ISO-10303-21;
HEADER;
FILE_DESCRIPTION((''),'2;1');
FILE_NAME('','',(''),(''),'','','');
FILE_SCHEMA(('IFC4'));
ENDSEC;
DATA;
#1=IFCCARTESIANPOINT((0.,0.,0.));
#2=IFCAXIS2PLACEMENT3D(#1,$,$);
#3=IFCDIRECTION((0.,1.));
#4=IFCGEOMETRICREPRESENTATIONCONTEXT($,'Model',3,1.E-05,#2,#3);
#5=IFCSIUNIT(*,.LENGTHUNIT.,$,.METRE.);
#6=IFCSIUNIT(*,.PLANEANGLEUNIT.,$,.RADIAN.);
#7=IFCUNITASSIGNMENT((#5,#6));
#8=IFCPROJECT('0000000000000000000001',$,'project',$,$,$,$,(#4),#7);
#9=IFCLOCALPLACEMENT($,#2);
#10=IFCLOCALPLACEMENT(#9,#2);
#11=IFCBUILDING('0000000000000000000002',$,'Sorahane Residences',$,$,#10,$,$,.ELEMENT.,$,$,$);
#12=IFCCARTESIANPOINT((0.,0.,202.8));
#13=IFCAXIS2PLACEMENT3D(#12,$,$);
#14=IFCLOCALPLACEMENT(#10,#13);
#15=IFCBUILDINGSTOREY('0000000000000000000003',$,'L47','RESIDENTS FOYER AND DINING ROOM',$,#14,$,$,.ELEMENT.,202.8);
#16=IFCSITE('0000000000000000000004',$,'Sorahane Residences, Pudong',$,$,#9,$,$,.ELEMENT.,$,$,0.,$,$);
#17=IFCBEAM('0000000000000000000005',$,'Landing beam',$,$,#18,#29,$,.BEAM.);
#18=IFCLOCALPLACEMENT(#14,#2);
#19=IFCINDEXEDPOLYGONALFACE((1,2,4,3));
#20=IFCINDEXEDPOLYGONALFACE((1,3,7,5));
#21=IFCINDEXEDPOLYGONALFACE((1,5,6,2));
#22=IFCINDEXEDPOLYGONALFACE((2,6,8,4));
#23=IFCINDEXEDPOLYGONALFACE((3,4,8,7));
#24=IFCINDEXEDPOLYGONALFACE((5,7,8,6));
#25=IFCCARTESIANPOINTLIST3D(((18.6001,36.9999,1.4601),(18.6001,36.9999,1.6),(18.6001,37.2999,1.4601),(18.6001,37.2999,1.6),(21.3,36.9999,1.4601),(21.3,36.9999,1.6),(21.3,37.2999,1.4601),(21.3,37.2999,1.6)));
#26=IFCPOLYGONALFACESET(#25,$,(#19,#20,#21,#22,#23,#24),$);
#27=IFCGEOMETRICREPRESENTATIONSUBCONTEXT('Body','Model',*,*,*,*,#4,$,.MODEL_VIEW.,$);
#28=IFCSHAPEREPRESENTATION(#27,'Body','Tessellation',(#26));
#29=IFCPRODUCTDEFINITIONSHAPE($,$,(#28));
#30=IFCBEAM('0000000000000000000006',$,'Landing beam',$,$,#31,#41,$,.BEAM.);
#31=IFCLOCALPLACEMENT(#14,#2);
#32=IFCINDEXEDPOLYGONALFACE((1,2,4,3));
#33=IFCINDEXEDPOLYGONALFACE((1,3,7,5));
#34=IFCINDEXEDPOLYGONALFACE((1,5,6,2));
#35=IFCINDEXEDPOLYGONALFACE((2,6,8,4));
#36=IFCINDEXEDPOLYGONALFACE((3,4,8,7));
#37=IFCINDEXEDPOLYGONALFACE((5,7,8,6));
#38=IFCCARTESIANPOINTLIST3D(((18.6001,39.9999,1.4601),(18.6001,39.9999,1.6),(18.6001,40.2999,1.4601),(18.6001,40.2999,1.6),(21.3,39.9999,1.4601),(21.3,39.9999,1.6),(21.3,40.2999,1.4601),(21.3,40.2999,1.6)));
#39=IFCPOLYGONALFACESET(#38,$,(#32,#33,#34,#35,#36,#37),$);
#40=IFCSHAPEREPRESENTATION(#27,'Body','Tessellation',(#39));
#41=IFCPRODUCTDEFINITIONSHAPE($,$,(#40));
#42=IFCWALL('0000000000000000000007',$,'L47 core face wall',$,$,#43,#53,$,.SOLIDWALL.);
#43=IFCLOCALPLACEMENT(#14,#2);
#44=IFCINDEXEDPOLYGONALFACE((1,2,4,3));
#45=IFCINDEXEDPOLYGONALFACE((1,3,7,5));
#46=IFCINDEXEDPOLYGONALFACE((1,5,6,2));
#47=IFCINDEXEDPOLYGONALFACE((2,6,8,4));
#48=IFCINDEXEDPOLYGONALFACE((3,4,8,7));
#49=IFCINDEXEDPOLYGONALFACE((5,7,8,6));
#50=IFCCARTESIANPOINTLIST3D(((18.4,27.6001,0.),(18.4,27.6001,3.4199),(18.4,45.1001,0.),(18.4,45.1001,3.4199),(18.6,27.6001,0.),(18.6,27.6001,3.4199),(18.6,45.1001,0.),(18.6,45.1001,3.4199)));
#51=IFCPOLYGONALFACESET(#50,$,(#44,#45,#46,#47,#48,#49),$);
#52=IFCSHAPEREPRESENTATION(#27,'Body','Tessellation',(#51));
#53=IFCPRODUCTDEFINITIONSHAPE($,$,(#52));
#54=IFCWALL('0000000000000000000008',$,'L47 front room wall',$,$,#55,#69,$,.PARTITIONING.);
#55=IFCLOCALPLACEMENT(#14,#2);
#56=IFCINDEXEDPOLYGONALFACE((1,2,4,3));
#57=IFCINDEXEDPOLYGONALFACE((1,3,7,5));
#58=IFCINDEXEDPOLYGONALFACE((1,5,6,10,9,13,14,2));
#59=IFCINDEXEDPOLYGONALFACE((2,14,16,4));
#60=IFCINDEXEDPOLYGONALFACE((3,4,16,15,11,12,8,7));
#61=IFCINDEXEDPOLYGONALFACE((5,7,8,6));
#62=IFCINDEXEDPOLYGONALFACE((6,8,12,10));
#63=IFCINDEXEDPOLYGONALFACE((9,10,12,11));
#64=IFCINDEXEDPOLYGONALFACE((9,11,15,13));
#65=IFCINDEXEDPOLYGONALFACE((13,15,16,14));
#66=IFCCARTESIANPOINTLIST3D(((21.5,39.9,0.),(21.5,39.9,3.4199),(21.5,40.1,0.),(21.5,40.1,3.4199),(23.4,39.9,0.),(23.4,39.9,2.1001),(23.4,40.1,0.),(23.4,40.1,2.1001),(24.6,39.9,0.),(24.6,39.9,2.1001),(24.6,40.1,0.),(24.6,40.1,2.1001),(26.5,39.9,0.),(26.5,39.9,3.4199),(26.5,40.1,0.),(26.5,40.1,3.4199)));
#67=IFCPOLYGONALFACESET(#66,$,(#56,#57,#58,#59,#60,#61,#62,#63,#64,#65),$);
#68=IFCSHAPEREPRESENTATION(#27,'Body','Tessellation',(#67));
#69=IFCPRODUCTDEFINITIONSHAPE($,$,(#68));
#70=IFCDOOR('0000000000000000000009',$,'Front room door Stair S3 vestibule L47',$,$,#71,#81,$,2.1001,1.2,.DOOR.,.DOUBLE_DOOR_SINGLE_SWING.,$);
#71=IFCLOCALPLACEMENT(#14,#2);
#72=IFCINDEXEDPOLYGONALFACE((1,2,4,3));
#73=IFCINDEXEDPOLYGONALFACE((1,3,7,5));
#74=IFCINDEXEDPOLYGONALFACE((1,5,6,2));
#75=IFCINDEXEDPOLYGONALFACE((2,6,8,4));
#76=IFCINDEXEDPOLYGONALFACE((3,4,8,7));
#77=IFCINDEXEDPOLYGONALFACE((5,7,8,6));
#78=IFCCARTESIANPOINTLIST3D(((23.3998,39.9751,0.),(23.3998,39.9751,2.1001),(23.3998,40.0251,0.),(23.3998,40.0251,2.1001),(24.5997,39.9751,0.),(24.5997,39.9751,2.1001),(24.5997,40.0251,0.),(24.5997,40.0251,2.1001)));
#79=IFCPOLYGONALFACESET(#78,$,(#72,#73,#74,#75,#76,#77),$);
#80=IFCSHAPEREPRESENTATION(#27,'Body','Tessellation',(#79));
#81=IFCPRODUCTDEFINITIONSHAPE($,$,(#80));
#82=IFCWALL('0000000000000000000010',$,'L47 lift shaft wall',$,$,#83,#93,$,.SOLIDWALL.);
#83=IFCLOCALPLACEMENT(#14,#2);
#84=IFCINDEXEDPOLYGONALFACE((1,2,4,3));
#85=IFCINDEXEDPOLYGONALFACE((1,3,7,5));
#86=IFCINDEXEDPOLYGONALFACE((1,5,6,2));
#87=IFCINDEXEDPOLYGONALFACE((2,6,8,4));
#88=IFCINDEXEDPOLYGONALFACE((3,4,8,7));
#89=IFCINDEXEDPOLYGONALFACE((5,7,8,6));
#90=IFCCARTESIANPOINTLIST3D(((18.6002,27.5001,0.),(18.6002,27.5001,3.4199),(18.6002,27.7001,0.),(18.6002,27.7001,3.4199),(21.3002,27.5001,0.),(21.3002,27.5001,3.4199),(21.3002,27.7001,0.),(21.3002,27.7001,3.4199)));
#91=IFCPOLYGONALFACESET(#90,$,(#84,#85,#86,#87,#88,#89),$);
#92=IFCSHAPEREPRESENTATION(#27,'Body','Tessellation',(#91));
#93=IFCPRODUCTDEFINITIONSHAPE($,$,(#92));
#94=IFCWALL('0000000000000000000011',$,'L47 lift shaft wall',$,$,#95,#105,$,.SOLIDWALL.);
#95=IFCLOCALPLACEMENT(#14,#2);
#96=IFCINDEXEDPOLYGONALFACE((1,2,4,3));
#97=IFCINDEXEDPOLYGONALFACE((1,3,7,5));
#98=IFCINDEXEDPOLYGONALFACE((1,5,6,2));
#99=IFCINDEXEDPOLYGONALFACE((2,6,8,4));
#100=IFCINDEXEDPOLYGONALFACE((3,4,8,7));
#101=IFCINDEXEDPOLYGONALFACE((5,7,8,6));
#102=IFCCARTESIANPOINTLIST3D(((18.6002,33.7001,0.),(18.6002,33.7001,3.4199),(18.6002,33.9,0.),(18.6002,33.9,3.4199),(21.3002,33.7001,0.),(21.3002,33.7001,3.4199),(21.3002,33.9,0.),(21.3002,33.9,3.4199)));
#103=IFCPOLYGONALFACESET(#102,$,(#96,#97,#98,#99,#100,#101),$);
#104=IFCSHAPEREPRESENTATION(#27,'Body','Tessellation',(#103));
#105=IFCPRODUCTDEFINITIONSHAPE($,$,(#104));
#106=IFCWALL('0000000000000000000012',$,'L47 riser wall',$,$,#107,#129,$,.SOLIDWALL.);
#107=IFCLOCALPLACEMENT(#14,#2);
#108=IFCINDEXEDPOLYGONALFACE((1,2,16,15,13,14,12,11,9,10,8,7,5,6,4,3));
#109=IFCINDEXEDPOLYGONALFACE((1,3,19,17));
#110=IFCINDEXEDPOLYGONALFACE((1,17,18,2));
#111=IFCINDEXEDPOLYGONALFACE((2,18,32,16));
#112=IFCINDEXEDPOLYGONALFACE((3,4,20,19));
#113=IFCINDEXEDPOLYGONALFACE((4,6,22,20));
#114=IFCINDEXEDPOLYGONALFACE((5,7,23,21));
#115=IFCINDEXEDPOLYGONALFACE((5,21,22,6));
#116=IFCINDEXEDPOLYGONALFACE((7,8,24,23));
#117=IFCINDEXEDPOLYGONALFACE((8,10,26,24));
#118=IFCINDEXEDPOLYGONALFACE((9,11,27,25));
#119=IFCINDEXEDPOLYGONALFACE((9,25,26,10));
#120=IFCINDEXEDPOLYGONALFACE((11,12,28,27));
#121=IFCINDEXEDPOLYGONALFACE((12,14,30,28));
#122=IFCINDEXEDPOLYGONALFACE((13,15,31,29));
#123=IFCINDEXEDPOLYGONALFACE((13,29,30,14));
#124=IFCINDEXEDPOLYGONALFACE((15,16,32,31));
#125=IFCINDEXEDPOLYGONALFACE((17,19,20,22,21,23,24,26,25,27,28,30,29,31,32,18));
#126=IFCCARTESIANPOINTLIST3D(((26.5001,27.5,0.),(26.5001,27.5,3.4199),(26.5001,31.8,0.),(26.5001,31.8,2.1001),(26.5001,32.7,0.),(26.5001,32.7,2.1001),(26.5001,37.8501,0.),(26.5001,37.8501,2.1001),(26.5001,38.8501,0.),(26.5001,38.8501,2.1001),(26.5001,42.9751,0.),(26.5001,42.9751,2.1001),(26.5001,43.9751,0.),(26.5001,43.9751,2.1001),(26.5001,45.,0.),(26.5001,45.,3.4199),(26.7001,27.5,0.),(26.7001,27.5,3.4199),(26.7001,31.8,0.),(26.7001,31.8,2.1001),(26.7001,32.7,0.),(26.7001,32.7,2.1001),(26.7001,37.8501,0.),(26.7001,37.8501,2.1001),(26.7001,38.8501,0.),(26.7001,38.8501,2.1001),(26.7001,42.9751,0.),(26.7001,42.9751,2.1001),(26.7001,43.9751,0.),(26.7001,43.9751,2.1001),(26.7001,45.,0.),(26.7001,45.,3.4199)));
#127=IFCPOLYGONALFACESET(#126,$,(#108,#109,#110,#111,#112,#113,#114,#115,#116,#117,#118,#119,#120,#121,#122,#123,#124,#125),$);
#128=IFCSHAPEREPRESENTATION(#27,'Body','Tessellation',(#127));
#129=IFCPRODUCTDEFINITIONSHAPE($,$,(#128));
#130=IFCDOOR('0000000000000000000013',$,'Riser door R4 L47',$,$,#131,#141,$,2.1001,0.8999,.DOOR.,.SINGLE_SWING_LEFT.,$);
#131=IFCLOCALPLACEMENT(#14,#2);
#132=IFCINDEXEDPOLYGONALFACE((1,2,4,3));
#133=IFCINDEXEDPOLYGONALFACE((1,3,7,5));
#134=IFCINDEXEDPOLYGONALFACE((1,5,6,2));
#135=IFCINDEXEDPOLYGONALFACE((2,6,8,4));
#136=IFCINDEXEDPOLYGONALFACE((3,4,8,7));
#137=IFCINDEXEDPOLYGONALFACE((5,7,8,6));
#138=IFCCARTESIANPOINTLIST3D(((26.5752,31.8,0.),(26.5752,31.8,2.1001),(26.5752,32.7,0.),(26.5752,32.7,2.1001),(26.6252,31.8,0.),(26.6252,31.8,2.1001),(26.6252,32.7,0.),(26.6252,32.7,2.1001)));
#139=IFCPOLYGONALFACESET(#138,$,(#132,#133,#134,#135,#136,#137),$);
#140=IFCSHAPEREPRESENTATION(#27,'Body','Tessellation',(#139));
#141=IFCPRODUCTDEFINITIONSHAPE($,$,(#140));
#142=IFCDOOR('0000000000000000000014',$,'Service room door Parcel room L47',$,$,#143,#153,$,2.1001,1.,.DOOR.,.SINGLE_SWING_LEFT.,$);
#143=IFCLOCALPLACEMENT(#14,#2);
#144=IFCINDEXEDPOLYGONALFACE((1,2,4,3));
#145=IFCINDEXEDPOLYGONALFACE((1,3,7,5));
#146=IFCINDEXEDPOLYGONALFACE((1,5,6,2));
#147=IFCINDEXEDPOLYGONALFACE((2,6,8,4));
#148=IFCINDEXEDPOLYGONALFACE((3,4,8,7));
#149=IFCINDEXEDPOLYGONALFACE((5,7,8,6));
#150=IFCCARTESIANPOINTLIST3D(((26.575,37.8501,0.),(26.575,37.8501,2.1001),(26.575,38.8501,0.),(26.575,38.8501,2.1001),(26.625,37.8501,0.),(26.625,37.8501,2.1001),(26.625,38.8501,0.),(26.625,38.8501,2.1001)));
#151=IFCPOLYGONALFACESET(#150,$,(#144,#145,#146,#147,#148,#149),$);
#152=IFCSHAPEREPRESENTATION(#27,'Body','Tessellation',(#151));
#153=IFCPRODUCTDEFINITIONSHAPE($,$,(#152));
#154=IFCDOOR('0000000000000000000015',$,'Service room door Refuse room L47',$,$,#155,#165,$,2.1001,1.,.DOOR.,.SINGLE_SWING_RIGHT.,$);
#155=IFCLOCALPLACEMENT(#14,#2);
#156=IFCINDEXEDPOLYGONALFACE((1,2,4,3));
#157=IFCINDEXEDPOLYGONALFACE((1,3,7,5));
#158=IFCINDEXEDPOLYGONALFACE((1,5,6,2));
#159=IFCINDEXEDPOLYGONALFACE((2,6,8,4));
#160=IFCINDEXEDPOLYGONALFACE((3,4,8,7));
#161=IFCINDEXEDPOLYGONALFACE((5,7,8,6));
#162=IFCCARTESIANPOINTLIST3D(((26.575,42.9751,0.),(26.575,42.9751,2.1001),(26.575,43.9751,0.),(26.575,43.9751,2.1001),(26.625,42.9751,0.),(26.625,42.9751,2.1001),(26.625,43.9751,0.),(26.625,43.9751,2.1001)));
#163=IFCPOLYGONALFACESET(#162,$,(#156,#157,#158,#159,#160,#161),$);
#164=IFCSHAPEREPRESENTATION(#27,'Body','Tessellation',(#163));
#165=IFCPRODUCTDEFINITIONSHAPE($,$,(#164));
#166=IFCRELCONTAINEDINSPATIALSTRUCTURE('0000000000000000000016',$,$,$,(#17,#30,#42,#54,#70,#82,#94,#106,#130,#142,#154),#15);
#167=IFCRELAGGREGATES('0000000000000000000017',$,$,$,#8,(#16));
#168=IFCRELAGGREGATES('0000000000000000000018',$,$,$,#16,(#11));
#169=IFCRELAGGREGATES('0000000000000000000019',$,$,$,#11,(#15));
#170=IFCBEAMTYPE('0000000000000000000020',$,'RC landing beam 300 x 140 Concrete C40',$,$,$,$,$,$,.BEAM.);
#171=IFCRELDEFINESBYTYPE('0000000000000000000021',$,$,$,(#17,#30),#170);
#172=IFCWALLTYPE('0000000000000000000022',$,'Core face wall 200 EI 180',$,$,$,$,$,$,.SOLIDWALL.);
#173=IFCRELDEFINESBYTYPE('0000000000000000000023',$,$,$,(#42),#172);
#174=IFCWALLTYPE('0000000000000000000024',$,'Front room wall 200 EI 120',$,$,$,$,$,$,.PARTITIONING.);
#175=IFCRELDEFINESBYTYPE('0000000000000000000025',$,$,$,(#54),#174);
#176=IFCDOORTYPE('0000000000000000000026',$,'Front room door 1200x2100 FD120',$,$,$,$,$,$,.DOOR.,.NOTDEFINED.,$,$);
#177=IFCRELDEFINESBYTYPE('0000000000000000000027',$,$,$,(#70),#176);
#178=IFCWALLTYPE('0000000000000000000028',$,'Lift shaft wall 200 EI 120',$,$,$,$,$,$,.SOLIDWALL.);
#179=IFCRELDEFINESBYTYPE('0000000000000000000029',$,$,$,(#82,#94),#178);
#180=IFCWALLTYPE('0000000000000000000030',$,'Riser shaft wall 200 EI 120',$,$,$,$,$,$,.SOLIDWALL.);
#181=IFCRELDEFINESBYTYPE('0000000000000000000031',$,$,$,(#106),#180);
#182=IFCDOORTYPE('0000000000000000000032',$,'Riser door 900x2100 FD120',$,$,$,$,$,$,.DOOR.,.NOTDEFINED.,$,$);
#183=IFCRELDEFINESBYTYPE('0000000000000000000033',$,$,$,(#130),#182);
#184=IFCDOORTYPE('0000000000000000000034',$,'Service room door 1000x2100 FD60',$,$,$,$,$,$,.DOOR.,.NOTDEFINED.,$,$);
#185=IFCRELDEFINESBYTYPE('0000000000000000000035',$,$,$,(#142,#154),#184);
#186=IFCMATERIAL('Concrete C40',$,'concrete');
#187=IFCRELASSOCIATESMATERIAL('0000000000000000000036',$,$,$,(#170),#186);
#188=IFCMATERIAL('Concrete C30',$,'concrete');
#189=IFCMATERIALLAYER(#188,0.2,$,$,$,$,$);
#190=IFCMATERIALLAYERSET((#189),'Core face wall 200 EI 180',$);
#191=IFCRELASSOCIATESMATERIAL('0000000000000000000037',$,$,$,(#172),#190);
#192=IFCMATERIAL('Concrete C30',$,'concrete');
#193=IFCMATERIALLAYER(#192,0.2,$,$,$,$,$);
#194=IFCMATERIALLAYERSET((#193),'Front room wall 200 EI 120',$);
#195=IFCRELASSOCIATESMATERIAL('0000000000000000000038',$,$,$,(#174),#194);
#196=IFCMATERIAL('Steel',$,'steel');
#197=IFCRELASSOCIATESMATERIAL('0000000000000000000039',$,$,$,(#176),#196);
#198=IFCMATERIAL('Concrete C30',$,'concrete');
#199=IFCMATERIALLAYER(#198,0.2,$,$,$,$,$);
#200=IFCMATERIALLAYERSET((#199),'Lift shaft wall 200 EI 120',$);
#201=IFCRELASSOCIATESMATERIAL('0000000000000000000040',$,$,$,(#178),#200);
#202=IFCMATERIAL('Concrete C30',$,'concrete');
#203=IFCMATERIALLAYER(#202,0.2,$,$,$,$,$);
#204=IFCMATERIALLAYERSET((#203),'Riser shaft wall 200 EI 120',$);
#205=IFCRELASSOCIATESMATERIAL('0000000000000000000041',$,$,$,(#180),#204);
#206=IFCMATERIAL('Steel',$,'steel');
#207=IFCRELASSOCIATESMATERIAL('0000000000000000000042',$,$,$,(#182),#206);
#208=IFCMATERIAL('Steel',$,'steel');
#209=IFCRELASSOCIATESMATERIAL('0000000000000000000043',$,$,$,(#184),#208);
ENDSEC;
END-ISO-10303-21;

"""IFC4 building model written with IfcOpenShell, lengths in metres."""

from ifc_helpers import new_model, si_unit, direction, frame, frame_2d, origin, origin_2d, place, context, subcontext, project, spatial, rectangle, extrude, material, layer, layer_set, material_profile, profile_set, type_object, element, fill, save


model = new_model("IFC4")

# Units and contexts
model_context = context("Model", 3, precision=1e-05, world=origin(), true_north=direction((0.0, 1.0)))
body_context = subcontext(model_context, "Body", "Model", "MODEL_VIEW")
ifc_project = project(units=[si_unit("LENGTHUNIT", "METRE"), si_unit("PLANEANGLEUNIT", "RADIAN")], contexts=[model_context])

# Site, building, storey
site_placement = place(None, origin())
site = spatial("IfcSite", under=ifc_project, at=site_placement, Name="Sorahane Residences, Pudong", CompositionType="ELEMENT", RefElevation=0.0)
building_placement = place(site_placement, origin())
building = spatial("IfcBuilding", under=site, at=building_placement, Name="Sorahane Residences", CompositionType="ELEMENT")
storey_placement = place(building_placement, frame((0.0, 0.0, 202.8)))
storey = spatial("IfcBuildingStorey", under=building, at=storey_placement, Name="L47", Description="RESIDENTS FOYER AND DINING ROOM", CompositionType="ELEMENT", Elevation=202.8)

# Beams
ifc_material_1 = material(Name="Concrete C40", Category="concrete")
ifc_material_profile = material_profile(ifc_material_1, rectangle(XDim=0.3, YDim=0.1399, at=origin_2d()), Name="300x140")
ifc_profile_set = profile_set([ifc_material_profile], Name="Concrete C40")
beam_type = type_object("IfcBeamType", Name="RC landing beam 300 x 140 Concrete C40", PredefinedType="BEAM", material=ifc_profile_set)
for number, where, z_axis, x_axis, name in (
    (1, (18.6001, 37.1499, 1.53), (1.0, 0.0, 0.0), (0.0, 1.0, 0.0), "Landing beam"),
    (2, (18.6001, 40.1499, 1.53), (1.0, 0.0, 0.0), (0.0, 1.0, 0.0), "Landing beam"),
):
    element("IfcBeam", number, at=place(storey_placement, frame(where, z_axis=z_axis, x_axis=x_axis)), inside=storey, type_object=beam_type, Name=name, PredefinedType="BEAM", context=body_context, shape_type="SweptSolid", body=[
        extrude(rectangle(XDim=0.3, YDim=0.1399, at=origin_2d()), origin(), (0.0, 0.0, 1.0), 2.7),
    ])

# Wall
ifc_material_2 = material(Name="Concrete C30", Category="concrete")
ifc_layer_1 = layer(ifc_material_2, 0.2)
ifc_layer_set_1 = layer_set([ifc_layer_1], Name="Core face wall 200 EI 180")
wall_type_1 = type_object("IfcWallType", Name="Core face wall 200 EI 180", PredefinedType="SOLIDWALL", material=ifc_layer_set_1)
wall_1_placement = place(storey_placement, frame((18.5, 27.6001, 0.0), z_axis=(0.0, 0.0, 1.0), x_axis=(0.0, 1.0, 0.0)))
element("IfcWall", 3, at=wall_1_placement, inside=storey, type_object=wall_type_1, Name="L47 core face wall", PredefinedType="SOLIDWALL", context=body_context, shape_type="SweptSolid", body=[
    extrude(rectangle(XDim=17.5, YDim=0.2, at=frame_2d((8.75, 0.0))), origin(), (0.0, 0.0, 1.0), 3.4199),
])

# Wall, opening, door
ifc_material_3 = material(Name="Concrete C30", Category="concrete")
ifc_layer_2 = layer(ifc_material_3, 0.2)
ifc_layer_set_2 = layer_set([ifc_layer_2], Name="Front room wall 200 EI 120")
wall_type_2 = type_object("IfcWallType", Name="Front room wall 200 EI 120", PredefinedType="PARTITIONING", material=ifc_layer_set_2)
wall_2_placement = place(storey_placement, frame((21.5, 40.0, 0.0), z_axis=(0.0, 0.0, 1.0), x_axis=(1.0, 0.0, 0.0)))
wall_2 = element("IfcWall", 4, at=wall_2_placement, inside=storey, type_object=wall_type_2, Name="L47 front room wall", PredefinedType="PARTITIONING", context=body_context, shape_type="SweptSolid", body=[
    extrude(rectangle(XDim=5.0, YDim=0.2, at=frame_2d((2.5, 0.0))), origin(), (0.0, 0.0, 1.0), 3.4199),
])
opening_1_placement = place(wall_2_placement, frame((1.8999, 0.0, 0.0)))
opening_1 = element("IfcOpeningElement", 5, at=opening_1_placement, cuts=wall_2, PredefinedType="OPENING", context=body_context, shape_type="SweptSolid", body=[
    extrude(rectangle(XDim=1.2, YDim=2.1001, at=frame_2d((0.6001, 1.05))), frame((0.0, 0.1099, 0.0), z_axis=(0.0, -1.0, 0.0), x_axis=(1.0, 0.0, 0.0)), (0.0, 0.0, 1.0), 0.22),
])
ifc_material_4 = material(Name="Steel", Category="steel")
door_type_1 = type_object("IfcDoorType", Name="Front room door 1200x2100 FD120", OperationType="NOTDEFINED", PredefinedType="DOOR", material=ifc_material_4)
door_1_placement = place(opening_1_placement, frame((1.2, 0.0, 0.0), z_axis=(0.0, 0.0, 1.0), x_axis=(-1.0, 0.0, 0.0)))
door_1 = element("IfcDoor", 6, at=door_1_placement, inside=storey, type_object=door_type_1, Name="Front room door Stair S3 vestibule L47", OperationType="DOUBLE_DOOR_SINGLE_SWING", OverallHeight=2.1001, OverallWidth=1.2, PredefinedType="DOOR", context=body_context, shape_type="SweptSolid", body=[
    extrude(rectangle(XDim=1.2, YDim=2.1001, at=frame_2d((0.6001, 1.05))), frame((0.0, 0.0249, 0.0), z_axis=(0.0, -1.0, 0.0), x_axis=(1.0, 0.0, 0.0)), (0.0, 0.0, 1.0), 0.05),
])
fill(opening_1, door_1)

# Walls
ifc_material_5 = material(Name="Concrete C30", Category="concrete")
ifc_layer_3 = layer(ifc_material_5, 0.2)
ifc_layer_set_3 = layer_set([ifc_layer_3], Name="Lift shaft wall 200 EI 120")
wall_type_3 = type_object("IfcWallType", Name="Lift shaft wall 200 EI 120", PredefinedType="SOLIDWALL", material=ifc_layer_set_3)
for number, where, z_axis, x_axis, name in (
    (7, (18.6001, 27.6001, 0.0), (0.0, 0.0, 1.0), (1.0, 0.0, 0.0), "L47 lift shaft wall"),
    (8, (18.6001, 33.8, 0.0), (0.0, 0.0, 1.0), (1.0, 0.0, 0.0), "L47 lift shaft wall"),
):
    element("IfcWall", number, at=place(storey_placement, frame(where, z_axis=z_axis, x_axis=x_axis)), inside=storey, type_object=wall_type_3, Name=name, PredefinedType="SOLIDWALL", context=body_context, shape_type="SweptSolid", body=[
        extrude(rectangle(XDim=2.7, YDim=0.2, at=frame_2d((1.3501, 0.0))), origin(), (0.0, 0.0, 1.0), 3.4199),
    ])

# Wall, openings, doors
ifc_material_6 = material(Name="Concrete C30", Category="concrete")
ifc_layer_4 = layer(ifc_material_6, 0.2)
ifc_layer_set_4 = layer_set([ifc_layer_4], Name="Riser shaft wall 200 EI 120")
wall_type_4 = type_object("IfcWallType", Name="Riser shaft wall 200 EI 120", PredefinedType="SOLIDWALL", material=ifc_layer_set_4)
wall_3_placement = place(storey_placement, frame((26.6001, 27.5, 0.0), z_axis=(0.0, 0.0, 1.0), x_axis=(0.0, 1.0, 0.0)))
wall_3 = element("IfcWall", 9, at=wall_3_placement, inside=storey, type_object=wall_type_4, Name="L47 riser wall", PredefinedType="SOLIDWALL", context=body_context, shape_type="SweptSolid", body=[
    extrude(rectangle(XDim=17.5, YDim=0.2, at=frame_2d((8.75, 0.0))), origin(), (0.0, 0.0, 1.0), 3.4199),
])
opening_2_placement = place(wall_3_placement, frame((4.3, 0.0, 0.0)))
opening_2 = element("IfcOpeningElement", 10, at=opening_2_placement, cuts=wall_3, PredefinedType="OPENING", context=body_context, shape_type="SweptSolid", body=[
    extrude(rectangle(XDim=0.8999, YDim=2.1001, at=frame_2d((0.45, 1.05))), frame((0.0, 0.1099, 0.0), z_axis=(0.0, -1.0, 0.0), x_axis=(1.0, 0.0, 0.0)), (0.0, 0.0, 1.0), 0.22),
])
opening_3_placement = place(wall_3_placement, frame((10.3501, 0.0, 0.0)))
opening_3 = element("IfcOpeningElement", 11, at=opening_3_placement, cuts=wall_3, PredefinedType="OPENING", context=body_context, shape_type="SweptSolid", body=[
    extrude(rectangle(XDim=1.0, YDim=2.1001, at=frame_2d((0.5, 1.05))), frame((0.0, 0.1099, 0.0), z_axis=(0.0, -1.0, 0.0), x_axis=(1.0, 0.0, 0.0)), (0.0, 0.0, 1.0), 0.22),
])
opening_4_placement = place(wall_3_placement, frame((15.4751, 0.0, 0.0)))
opening_4 = element("IfcOpeningElement", 12, at=opening_4_placement, cuts=wall_3, PredefinedType="OPENING", context=body_context, shape_type="SweptSolid", body=[
    extrude(rectangle(XDim=1.0, YDim=2.1001, at=frame_2d((0.5, 1.05))), frame((0.0, 0.1099, 0.0), z_axis=(0.0, -1.0, 0.0), x_axis=(1.0, 0.0, 0.0)), (0.0, 0.0, 1.0), 0.22),
])
ifc_material_7 = material(Name="Steel", Category="steel")
door_type_2 = type_object("IfcDoorType", Name="Riser door 900x2100 FD120", OperationType="NOTDEFINED", PredefinedType="DOOR", material=ifc_material_7)
door_2_placement = place(opening_2_placement, origin())
door_2 = element("IfcDoor", 13, at=door_2_placement, inside=storey, type_object=door_type_2, Name="Riser door R4 L47", OperationType="SINGLE_SWING_LEFT", OverallHeight=2.1001, OverallWidth=0.8999, PredefinedType="DOOR", context=body_context, shape_type="SweptSolid", body=[
    extrude(rectangle(XDim=0.8999, YDim=2.1001, at=frame_2d((0.45, 1.05))), frame((0.0, 0.0249, 0.0), z_axis=(0.0, -1.0, 0.0), x_axis=(1.0, 0.0, 0.0)), (0.0, 0.0, 1.0), 0.05),
])
fill(opening_2, door_2)
ifc_material_8 = material(Name="Steel", Category="steel")
door_type_3 = type_object("IfcDoorType", Name="Service room door 1000x2100 FD60", OperationType="NOTDEFINED", PredefinedType="DOOR", material=ifc_material_8)
door_3_placement = place(opening_3_placement, frame((1.0, 0.0, 0.0), z_axis=(0.0, 0.0, 1.0), x_axis=(-1.0, 0.0, 0.0)))
door_3 = element("IfcDoor", 14, at=door_3_placement, inside=storey, type_object=door_type_3, Name="Service room door Parcel room L47", OperationType="SINGLE_SWING_LEFT", OverallHeight=2.1001, OverallWidth=1.0, PredefinedType="DOOR", context=body_context, shape_type="SweptSolid", body=[
    extrude(rectangle(XDim=1.0, YDim=2.1001, at=frame_2d((0.5, 1.05))), frame((0.0, 0.0249, 0.0), z_axis=(0.0, -1.0, 0.0), x_axis=(1.0, 0.0, 0.0)), (0.0, 0.0, 1.0), 0.05),
])
fill(opening_3, door_3)
door_4_placement = place(opening_4_placement, frame((1.0, 0.0, 0.0), z_axis=(0.0, 0.0, 1.0), x_axis=(-1.0, 0.0, 0.0)))
door_4 = element("IfcDoor", 15, at=door_4_placement, inside=storey, type_object=door_type_3, Name="Service room door Refuse room L47", OperationType="SINGLE_SWING_RIGHT", OverallHeight=2.1001, OverallWidth=1.0, PredefinedType="DOOR", context=body_context, shape_type="SweptSolid", body=[
    extrude(rectangle(XDim=1.0, YDim=2.1001, at=frame_2d((0.5, 1.05))), frame((0.0, 0.0249, 0.0), z_axis=(0.0, -1.0, 0.0), x_axis=(1.0, 0.0, 0.0)), (0.0, 0.0, 1.0), 0.05),
])
fill(opening_4, door_4)

save(model, "model.ifc")
